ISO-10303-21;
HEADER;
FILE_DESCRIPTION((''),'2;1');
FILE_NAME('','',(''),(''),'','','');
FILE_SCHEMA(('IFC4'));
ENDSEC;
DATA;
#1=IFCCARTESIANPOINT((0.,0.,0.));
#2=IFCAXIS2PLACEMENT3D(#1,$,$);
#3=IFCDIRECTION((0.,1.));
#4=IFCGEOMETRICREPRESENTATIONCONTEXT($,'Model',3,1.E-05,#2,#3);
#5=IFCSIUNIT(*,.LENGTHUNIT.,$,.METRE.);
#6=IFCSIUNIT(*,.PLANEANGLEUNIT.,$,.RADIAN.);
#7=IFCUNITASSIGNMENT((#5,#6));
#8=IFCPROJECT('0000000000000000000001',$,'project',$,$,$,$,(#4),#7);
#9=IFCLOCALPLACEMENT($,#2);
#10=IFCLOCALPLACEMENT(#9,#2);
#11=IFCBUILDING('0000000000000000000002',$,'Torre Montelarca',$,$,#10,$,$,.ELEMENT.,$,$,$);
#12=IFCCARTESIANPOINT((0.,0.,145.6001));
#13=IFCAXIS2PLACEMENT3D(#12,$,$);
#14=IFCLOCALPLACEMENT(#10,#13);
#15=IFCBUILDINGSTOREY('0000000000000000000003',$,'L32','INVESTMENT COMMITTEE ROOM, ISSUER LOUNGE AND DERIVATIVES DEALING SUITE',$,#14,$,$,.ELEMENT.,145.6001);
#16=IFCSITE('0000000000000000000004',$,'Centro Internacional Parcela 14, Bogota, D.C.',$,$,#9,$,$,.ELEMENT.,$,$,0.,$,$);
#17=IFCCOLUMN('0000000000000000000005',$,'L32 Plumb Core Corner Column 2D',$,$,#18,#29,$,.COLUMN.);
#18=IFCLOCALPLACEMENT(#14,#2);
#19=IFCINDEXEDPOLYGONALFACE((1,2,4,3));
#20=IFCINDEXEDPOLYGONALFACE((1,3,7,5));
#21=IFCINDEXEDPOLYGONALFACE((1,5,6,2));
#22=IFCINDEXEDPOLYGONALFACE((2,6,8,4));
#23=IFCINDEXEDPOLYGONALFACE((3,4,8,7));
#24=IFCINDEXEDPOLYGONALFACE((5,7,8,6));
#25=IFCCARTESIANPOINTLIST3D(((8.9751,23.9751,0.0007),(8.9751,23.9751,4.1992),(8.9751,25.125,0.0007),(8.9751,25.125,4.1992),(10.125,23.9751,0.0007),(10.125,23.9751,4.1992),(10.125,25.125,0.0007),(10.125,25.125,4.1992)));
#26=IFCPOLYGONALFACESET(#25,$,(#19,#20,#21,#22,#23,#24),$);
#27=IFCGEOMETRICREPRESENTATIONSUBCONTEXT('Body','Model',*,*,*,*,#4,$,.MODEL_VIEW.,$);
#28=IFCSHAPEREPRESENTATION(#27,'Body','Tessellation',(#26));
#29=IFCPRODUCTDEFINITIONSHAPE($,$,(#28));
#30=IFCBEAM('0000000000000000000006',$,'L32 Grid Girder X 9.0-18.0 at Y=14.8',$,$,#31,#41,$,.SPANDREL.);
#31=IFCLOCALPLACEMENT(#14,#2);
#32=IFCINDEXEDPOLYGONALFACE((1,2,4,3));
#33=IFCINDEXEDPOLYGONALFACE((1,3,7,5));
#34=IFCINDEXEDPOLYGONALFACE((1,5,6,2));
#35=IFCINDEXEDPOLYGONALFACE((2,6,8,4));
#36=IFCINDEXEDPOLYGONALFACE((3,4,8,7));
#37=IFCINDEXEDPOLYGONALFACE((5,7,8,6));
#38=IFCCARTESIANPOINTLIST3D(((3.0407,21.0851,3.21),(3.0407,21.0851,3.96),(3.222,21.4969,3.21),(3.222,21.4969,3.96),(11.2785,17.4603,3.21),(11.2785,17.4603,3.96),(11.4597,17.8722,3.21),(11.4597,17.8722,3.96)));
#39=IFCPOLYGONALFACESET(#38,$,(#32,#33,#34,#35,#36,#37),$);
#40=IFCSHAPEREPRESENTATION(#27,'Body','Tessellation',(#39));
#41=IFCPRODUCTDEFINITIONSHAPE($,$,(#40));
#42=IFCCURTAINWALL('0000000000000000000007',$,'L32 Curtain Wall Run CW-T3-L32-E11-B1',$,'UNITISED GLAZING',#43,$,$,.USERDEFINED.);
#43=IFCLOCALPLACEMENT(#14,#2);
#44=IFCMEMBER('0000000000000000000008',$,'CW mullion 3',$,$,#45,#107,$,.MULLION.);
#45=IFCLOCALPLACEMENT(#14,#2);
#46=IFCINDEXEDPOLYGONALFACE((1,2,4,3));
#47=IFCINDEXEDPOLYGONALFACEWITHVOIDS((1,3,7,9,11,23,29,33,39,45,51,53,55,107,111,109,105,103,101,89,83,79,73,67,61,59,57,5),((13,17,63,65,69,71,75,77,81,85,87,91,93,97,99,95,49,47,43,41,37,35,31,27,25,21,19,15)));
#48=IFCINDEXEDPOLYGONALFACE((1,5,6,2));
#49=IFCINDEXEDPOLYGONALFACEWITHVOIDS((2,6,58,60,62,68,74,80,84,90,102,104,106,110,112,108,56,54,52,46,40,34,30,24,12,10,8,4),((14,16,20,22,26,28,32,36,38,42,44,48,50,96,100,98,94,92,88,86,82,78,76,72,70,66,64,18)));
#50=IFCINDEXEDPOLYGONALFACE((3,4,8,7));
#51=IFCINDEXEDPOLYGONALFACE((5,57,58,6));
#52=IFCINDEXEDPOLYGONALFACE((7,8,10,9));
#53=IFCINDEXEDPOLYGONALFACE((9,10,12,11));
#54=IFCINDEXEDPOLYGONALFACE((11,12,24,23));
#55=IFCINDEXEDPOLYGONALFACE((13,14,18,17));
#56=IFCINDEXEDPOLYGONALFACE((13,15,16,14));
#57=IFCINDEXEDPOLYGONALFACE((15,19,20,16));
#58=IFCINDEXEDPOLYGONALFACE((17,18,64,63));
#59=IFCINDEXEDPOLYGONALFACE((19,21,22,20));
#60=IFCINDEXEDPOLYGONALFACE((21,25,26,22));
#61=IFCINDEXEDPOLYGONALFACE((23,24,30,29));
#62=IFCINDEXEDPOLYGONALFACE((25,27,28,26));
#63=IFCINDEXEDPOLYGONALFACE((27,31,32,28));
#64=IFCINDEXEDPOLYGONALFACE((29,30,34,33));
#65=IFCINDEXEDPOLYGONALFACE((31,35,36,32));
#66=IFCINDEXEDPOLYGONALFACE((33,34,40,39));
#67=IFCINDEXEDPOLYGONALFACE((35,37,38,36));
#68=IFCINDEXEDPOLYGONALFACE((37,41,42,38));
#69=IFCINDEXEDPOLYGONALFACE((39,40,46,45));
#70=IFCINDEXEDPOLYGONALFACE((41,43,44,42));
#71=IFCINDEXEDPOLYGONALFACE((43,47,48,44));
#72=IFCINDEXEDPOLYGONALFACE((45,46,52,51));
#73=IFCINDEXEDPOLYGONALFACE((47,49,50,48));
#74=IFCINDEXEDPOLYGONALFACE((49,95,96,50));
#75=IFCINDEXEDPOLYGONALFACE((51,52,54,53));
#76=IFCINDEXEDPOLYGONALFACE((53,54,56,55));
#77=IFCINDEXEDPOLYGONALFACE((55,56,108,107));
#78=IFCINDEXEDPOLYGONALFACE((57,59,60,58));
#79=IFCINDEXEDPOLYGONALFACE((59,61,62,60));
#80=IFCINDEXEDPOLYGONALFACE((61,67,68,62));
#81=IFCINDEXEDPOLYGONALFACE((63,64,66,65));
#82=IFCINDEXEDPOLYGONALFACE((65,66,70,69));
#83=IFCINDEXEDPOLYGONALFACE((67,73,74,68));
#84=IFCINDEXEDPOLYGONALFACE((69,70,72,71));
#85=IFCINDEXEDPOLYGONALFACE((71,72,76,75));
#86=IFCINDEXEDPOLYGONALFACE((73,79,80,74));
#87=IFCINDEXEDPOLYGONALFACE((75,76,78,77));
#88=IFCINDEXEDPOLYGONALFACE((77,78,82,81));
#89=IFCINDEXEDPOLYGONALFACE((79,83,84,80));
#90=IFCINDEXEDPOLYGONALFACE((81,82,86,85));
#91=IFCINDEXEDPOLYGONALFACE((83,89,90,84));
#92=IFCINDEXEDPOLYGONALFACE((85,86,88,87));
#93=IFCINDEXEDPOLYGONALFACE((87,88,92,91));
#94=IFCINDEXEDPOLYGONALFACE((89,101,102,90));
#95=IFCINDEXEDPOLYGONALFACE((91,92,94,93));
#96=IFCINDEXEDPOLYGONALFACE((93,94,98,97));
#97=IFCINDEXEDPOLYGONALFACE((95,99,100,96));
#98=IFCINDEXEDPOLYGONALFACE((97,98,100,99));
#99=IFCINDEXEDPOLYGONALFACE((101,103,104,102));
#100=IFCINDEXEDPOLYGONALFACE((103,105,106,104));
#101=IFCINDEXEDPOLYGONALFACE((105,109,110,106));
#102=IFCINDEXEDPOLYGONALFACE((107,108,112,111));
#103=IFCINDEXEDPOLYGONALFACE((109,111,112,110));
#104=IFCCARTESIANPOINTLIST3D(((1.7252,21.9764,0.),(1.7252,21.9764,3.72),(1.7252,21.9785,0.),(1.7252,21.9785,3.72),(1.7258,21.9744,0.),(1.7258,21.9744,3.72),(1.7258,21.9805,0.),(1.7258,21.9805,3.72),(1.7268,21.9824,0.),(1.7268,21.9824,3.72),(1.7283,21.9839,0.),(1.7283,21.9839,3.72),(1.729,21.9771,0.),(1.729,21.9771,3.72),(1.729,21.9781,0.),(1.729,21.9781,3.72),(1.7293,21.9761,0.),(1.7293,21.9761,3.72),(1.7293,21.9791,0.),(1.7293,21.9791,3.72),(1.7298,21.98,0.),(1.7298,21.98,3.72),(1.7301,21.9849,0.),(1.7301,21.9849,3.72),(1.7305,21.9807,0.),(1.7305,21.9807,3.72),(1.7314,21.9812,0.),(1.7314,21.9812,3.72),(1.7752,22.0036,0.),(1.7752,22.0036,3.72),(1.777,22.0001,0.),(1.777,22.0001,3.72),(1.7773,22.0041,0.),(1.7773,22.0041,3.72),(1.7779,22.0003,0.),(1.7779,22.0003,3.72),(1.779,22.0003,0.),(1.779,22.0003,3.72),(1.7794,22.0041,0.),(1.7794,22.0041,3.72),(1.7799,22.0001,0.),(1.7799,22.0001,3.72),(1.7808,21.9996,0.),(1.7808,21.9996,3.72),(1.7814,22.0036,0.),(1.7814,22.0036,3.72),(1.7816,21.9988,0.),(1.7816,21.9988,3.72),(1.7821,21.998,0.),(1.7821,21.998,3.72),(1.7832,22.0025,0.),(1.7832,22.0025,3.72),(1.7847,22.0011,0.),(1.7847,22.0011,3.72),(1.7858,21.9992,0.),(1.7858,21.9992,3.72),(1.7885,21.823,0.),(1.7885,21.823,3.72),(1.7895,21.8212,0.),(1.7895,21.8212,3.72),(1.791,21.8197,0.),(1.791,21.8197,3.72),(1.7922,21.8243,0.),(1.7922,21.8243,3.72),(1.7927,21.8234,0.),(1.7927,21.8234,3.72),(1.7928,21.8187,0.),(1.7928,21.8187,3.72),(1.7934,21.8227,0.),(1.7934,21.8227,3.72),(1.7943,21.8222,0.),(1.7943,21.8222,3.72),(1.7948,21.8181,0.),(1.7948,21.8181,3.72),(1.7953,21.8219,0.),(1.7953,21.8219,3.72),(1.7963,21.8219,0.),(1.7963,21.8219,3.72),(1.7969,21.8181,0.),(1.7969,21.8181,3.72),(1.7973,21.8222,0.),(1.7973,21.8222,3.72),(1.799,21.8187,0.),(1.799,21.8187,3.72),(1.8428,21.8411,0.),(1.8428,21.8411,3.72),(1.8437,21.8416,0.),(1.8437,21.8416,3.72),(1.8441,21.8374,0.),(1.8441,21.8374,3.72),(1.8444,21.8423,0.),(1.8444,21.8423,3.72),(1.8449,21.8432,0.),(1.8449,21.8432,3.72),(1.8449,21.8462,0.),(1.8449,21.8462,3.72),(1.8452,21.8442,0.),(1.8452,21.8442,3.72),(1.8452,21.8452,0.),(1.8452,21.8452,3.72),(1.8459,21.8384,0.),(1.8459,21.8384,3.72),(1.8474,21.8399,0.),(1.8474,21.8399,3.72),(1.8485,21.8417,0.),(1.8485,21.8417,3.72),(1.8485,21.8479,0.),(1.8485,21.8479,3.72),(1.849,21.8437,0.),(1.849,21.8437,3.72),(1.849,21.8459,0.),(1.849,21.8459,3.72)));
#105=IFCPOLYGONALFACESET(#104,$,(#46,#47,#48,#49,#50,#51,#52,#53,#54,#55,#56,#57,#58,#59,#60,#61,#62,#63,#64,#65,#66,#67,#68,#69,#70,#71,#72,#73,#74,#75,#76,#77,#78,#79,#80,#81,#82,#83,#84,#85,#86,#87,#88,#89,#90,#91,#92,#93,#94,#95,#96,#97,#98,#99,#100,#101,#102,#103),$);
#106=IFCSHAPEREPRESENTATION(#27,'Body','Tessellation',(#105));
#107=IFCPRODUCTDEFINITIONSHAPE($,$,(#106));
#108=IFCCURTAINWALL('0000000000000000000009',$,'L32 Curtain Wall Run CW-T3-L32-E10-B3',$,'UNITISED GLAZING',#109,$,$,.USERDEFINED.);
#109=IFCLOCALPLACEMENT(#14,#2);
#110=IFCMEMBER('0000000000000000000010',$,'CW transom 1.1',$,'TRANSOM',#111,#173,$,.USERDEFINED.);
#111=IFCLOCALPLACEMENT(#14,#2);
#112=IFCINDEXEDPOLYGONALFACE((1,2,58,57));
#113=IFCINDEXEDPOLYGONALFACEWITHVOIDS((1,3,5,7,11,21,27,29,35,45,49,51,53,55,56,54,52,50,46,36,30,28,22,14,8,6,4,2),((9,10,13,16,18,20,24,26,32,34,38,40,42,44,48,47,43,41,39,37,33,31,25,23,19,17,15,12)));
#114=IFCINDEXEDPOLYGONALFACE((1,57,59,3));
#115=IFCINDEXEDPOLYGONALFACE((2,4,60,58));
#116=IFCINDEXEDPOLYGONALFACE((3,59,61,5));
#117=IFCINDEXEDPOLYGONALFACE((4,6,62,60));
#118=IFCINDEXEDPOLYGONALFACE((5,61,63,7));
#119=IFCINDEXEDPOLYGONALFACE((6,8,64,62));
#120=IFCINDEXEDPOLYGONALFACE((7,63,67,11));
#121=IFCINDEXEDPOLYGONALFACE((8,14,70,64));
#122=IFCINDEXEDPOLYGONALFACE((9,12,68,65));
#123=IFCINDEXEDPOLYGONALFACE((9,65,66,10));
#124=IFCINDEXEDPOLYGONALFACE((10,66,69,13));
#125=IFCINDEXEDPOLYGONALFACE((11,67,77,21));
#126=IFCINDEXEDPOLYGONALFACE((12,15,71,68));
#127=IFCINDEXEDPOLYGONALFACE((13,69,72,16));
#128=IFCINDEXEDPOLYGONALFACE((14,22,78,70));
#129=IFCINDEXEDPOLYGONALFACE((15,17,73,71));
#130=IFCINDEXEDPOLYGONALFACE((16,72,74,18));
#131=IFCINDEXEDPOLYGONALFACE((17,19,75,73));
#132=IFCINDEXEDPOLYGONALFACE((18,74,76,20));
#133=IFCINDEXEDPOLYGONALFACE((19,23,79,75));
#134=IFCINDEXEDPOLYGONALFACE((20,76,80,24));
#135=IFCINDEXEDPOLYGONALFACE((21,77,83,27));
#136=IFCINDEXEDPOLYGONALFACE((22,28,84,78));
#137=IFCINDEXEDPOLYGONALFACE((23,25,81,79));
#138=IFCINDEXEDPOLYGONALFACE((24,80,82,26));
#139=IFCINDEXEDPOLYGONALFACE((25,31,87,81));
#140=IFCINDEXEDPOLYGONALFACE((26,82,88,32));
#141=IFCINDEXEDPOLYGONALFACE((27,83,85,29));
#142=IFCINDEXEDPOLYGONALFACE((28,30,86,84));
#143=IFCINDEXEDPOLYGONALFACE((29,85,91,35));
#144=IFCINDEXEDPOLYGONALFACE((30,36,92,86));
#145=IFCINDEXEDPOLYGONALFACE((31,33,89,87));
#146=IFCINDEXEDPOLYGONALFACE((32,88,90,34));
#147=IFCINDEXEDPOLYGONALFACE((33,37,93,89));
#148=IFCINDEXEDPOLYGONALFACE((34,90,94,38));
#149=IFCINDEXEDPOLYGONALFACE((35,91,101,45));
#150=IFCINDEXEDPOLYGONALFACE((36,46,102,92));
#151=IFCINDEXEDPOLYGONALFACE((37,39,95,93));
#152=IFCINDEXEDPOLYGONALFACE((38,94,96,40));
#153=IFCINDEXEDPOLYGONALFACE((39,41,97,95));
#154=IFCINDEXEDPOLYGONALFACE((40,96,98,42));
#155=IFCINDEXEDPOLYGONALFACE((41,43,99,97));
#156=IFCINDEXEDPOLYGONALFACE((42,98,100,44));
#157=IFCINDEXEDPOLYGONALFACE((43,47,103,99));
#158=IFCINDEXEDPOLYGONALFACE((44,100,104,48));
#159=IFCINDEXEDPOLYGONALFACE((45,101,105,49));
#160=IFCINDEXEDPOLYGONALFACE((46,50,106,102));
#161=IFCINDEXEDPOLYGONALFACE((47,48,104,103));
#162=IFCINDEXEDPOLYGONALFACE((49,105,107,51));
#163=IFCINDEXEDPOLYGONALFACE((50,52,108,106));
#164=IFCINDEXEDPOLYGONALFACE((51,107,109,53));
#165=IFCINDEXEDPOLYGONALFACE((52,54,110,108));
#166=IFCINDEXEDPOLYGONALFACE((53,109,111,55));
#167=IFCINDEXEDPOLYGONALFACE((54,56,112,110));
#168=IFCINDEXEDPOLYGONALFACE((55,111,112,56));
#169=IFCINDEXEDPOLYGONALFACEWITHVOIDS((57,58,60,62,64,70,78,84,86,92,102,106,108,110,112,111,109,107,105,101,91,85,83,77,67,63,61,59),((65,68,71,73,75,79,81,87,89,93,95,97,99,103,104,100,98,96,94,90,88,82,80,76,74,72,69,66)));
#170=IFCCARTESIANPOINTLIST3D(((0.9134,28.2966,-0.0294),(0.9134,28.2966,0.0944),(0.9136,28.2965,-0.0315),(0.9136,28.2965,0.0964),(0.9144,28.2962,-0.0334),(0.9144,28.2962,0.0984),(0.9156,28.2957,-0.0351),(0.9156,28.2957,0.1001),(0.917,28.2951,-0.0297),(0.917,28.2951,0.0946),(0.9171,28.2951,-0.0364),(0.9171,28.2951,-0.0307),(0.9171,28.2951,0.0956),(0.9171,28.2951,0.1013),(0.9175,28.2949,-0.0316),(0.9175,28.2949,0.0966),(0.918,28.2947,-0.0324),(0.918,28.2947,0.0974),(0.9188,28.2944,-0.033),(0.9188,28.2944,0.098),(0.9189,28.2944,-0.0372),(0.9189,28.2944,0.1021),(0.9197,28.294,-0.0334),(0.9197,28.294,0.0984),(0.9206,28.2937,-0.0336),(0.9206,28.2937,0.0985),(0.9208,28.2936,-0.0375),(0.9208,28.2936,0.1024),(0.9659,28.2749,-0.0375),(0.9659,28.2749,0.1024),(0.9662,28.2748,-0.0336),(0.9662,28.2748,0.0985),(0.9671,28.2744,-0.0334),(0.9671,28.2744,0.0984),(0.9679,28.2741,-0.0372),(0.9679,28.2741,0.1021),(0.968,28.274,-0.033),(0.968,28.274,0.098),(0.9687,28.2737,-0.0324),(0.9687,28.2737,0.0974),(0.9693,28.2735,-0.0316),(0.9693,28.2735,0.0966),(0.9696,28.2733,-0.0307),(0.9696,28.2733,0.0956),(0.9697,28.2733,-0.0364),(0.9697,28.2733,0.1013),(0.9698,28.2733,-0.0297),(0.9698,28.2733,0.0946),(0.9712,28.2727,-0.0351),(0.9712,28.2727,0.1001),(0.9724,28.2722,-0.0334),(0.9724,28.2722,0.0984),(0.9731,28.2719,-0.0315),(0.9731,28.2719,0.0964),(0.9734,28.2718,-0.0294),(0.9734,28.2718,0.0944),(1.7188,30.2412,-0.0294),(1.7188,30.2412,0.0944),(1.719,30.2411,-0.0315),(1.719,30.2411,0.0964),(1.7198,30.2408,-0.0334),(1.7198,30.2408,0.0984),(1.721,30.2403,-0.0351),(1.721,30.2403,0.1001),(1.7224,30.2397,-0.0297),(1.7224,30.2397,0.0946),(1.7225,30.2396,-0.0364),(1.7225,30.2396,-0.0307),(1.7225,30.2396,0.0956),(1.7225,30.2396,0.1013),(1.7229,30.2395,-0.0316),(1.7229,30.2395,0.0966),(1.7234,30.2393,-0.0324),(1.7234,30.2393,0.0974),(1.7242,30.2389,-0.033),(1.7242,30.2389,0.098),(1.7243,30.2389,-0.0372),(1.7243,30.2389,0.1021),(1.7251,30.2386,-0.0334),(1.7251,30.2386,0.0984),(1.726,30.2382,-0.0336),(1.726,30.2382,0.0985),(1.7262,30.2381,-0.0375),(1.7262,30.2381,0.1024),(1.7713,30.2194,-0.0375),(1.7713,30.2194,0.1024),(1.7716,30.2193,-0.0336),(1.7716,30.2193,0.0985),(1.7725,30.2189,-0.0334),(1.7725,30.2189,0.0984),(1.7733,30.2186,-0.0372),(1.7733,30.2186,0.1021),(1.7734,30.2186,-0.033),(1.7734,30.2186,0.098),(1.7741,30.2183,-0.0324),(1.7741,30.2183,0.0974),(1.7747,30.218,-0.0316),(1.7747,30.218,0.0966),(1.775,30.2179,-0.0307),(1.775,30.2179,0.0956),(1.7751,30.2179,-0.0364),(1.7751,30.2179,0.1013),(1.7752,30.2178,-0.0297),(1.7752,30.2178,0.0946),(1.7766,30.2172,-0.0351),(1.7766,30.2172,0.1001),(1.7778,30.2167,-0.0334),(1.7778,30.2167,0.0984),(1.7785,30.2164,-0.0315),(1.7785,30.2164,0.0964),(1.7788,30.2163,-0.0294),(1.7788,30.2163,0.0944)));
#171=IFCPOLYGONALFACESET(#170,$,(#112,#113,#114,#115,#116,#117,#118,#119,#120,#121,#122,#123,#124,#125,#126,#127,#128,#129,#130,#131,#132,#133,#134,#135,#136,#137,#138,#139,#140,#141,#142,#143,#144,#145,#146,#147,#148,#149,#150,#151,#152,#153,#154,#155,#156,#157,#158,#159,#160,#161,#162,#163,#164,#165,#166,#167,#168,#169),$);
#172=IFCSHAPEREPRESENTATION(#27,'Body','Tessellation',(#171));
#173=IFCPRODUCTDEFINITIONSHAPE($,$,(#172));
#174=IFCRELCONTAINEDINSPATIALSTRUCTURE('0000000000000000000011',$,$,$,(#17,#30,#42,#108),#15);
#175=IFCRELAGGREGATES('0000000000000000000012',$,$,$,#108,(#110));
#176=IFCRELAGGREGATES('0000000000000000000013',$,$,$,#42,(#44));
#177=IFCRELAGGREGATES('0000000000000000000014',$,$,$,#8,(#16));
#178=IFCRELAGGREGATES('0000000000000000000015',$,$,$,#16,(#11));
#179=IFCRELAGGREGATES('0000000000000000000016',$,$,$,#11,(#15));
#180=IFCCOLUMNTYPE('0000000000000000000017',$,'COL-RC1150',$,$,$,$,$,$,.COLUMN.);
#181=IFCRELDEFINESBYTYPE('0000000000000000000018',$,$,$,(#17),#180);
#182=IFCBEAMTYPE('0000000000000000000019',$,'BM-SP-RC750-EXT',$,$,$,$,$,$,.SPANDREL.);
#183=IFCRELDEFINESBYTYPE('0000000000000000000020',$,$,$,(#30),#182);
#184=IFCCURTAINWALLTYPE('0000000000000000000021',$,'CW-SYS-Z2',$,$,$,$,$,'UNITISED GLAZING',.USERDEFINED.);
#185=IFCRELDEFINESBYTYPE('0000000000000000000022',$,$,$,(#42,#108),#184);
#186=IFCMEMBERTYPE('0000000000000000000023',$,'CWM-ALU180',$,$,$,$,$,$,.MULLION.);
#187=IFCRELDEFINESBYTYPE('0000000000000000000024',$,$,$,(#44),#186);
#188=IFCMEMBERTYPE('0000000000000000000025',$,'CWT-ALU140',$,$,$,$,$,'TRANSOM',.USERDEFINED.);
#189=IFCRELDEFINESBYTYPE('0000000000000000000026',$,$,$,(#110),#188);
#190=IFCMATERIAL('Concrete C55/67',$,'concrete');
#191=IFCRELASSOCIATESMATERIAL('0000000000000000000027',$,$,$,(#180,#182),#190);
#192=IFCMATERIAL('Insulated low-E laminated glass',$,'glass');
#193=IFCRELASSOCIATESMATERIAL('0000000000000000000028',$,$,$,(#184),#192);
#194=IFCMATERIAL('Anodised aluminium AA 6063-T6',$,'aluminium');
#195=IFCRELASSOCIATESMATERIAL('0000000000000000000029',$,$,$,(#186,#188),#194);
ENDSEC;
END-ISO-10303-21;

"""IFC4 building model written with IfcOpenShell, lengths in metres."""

from ifc_helpers import new_model, si_unit, direction, frame, origin, origin_2d, place, context, subcontext, project, spatial, rectangle, hollow_rectangle, extrude, source, transform, mapped, material, material_profile, profile_set, type_object, element, aggregate, save


model = new_model("IFC4")

# Units and contexts
model_context = context("Model", 3, precision=1e-05, world=origin(), true_north=direction((0.0, 1.0)))
body_context = subcontext(model_context, "Body", "Model", "MODEL_VIEW")
ifc_project = project(units=[si_unit("LENGTHUNIT", "METRE"), si_unit("PLANEANGLEUNIT", "RADIAN")], contexts=[model_context])

# Site, building, storey
site_placement = place(None, origin())
site = spatial("IfcSite", under=ifc_project, at=site_placement, Name="Centro Internacional Parcela 14, Bogota, D.C.", CompositionType="ELEMENT", RefElevation=0.0)
building_placement = place(site_placement, origin())
building = spatial("IfcBuilding", under=site, at=building_placement, Name="Torre Montelarca", CompositionType="ELEMENT")
storey_placement = place(building_placement, frame((0.0, 0.0, 145.6001)))
storey = spatial("IfcBuildingStorey", under=building, at=storey_placement, Name="L32", Description="INVESTMENT COMMITTEE ROOM, ISSUER LOUNGE AND DERIVATIVES DEALING SUITE", CompositionType="ELEMENT", Elevation=145.6001)

# Column
ifc_material_1 = material(Name="Concrete C55/67", Category="concrete")
ifc_material_profile_1 = material_profile(ifc_material_1, rectangle(XDim=1.1499, YDim=1.1499, at=origin_2d()), Name="RC1150X1150", Category="concrete")
ifc_profile_set_1 = profile_set([ifc_material_profile_1], Name="Concrete C55/67")
column_type_1 = type_object("IfcColumnType", Name="COL-RC1150", PredefinedType="COLUMN", material=ifc_profile_set_1)
shared_shape_1 = source(origin(), body_context, "Body", "SweptSolid", [
    extrude(rectangle(XDim=1.1499, YDim=1.1499, at=origin_2d()), origin(), (0.0, 0.0, 1.0), 4.1985),
])
column_1_placement = place(storey_placement, frame((9.55, 24.55, 0.0007), z_axis=(0.0, 0.0, 1.0), x_axis=(1.0, 0.0, 0.0)))
element("IfcColumn", 1, at=column_1_placement, inside=storey, type_object=column_type_1, Name="L32 Plumb Core Corner Column 2D", PredefinedType="COLUMN", context=body_context, shape_type="MappedRepresentation", body=[
    mapped(shared_shape_1, transform((0.0, 0.0, 0.0), scale=1.0)),
])

# Beam
ifc_material_profile_2 = material_profile(ifc_material_1, rectangle(XDim=0.45, YDim=0.75, at=origin_2d()), Name="RCB450X750", Category="concrete")
ifc_profile_set_2 = profile_set([ifc_material_profile_2], Name="Concrete C55/67")
beam_type = type_object("IfcBeamType", Name="BM-SP-RC750-EXT", PredefinedType="SPANDREL", material=ifc_profile_set_2)
shared_shape_2 = source(origin(), body_context, "Body", "SweptSolid", [
    extrude(rectangle(XDim=0.45, YDim=0.75, at=origin_2d()), origin(), (0.0, 0.0, 1.0), 9.0),
])
beam_placement = place(storey_placement, frame((3.1313, 21.291, 3.585), z_axis=(0.91531, -0.40275, 0.0), x_axis=(0.40275, 0.91531, 0.0)))
element("IfcBeam", 2, at=beam_placement, inside=storey, type_object=beam_type, Name="L32 Grid Girder X 9.0-18.0 at Y=14.8", PredefinedType="SPANDREL", context=body_context, shape_type="MappedRepresentation", body=[
    mapped(shared_shape_2, transform((0.0, 0.0, 0.0), scale=1.0)),
])

# Curtain wall, member
ifc_material_2 = material(Name="Insulated low-E laminated glass", Category="glass")
curtain_wall_type = type_object("IfcCurtainWallType", Name="CW-SYS-Z2", ElementType="UNITISED GLAZING", PredefinedType="USERDEFINED", material=ifc_material_2)
curtain_wall_1_placement = place(storey_placement, origin())
curtain_wall_1 = element("IfcCurtainWall", 3, at=curtain_wall_1_placement, inside=storey, type_object=curtain_wall_type, Name="L32 Curtain Wall Run CW-T3-L32-E11-B1", ObjectType="UNITISED GLAZING", PredefinedType="USERDEFINED")
ifc_material_3 = material(Name="Anodised aluminium AA 6063-T6", Category="aluminium")
ifc_material_profile_3 = material_profile(ifc_material_3, hollow_rectangle(XDim=0.0649, YDim=0.1799, WallThickness=0.0039, InnerFilletRadius=0.0039, OuterFilletRadius=0.0081, at=origin_2d()), Name="ALU65X180X4", Category="aluminium")
ifc_profile_set_3 = profile_set([ifc_material_profile_3], Name="Anodised aluminium AA 6063-T6")
member_type_1 = type_object("IfcMemberType", Name="CWM-ALU180", PredefinedType="MULLION", material=ifc_profile_set_3)
shared_shape_3 = source(origin(), body_context, "Body", "SweptSolid", [
    extrude(hollow_rectangle(XDim=0.0649, YDim=0.1799, WallThickness=0.0039, InnerFilletRadius=0.0039, OuterFilletRadius=0.0081, at=origin_2d()), origin(), (0.0, 0.0, 1.0), 3.72),
])
member_1_placement = place(storey_placement, frame((1.7871, 21.9111, 0.0), z_axis=(0.0, 0.0, 1.0), x_axis=(0.923885, 0.382671, 0.0)))
member_1 = element("IfcMember", 4, at=member_1_placement, type_object=member_type_1, Name="CW mullion 3", PredefinedType="MULLION", context=body_context, shape_type="MappedRepresentation", body=[
    mapped(shared_shape_3, transform((0.0, 0.0, 0.0), scale=1.0)),
])

# Curtain wall, member
curtain_wall_2_placement = place(storey_placement, origin())
curtain_wall_2 = element("IfcCurtainWall", 5, at=curtain_wall_2_placement, inside=storey, type_object=curtain_wall_type, Name="L32 Curtain Wall Run CW-T3-L32-E10-B3", ObjectType="UNITISED GLAZING", PredefinedType="USERDEFINED")
ifc_material_profile_4 = material_profile(ifc_material_3, hollow_rectangle(XDim=0.0649, YDim=0.1399, WallThickness=0.0039, InnerFilletRadius=0.0039, OuterFilletRadius=0.0081, at=origin_2d()), Name="ALU65X140X4", Category="aluminium")
ifc_profile_set_4 = profile_set([ifc_material_profile_4], Name="Anodised aluminium AA 6063-T6")
member_type_2 = type_object("IfcMemberType", Name="CWT-ALU140", ElementType="TRANSOM", PredefinedType="USERDEFINED", material=ifc_profile_set_4)
shared_shape_4 = source(origin(), body_context, "Body", "SweptSolid", [
    extrude(hollow_rectangle(XDim=0.0649, YDim=0.1399, WallThickness=0.0039, InnerFilletRadius=0.0039, OuterFilletRadius=0.0081, at=origin_2d()), origin(), (0.0, 0.0, 1.0), 2.1047),
])
member_2_placement = place(storey_placement, frame((1.7488, 30.2288, 0.0325), z_axis=(-0.382663, -0.923888, 0.0), x_axis=(0.923888, -0.382663, 0.0)))
member_2 = element("IfcMember", 6, at=member_2_placement, type_object=member_type_2, Name="CW transom 1.1", ObjectType="TRANSOM", PredefinedType="USERDEFINED", context=body_context, shape_type="MappedRepresentation", body=[
    mapped(shared_shape_4, transform((0.0, 0.0, 0.0), scale=1.0)),
])
aggregate(curtain_wall_2, [member_2])

aggregate(curtain_wall_1, [member_1])

save(model, "model.ifc")
